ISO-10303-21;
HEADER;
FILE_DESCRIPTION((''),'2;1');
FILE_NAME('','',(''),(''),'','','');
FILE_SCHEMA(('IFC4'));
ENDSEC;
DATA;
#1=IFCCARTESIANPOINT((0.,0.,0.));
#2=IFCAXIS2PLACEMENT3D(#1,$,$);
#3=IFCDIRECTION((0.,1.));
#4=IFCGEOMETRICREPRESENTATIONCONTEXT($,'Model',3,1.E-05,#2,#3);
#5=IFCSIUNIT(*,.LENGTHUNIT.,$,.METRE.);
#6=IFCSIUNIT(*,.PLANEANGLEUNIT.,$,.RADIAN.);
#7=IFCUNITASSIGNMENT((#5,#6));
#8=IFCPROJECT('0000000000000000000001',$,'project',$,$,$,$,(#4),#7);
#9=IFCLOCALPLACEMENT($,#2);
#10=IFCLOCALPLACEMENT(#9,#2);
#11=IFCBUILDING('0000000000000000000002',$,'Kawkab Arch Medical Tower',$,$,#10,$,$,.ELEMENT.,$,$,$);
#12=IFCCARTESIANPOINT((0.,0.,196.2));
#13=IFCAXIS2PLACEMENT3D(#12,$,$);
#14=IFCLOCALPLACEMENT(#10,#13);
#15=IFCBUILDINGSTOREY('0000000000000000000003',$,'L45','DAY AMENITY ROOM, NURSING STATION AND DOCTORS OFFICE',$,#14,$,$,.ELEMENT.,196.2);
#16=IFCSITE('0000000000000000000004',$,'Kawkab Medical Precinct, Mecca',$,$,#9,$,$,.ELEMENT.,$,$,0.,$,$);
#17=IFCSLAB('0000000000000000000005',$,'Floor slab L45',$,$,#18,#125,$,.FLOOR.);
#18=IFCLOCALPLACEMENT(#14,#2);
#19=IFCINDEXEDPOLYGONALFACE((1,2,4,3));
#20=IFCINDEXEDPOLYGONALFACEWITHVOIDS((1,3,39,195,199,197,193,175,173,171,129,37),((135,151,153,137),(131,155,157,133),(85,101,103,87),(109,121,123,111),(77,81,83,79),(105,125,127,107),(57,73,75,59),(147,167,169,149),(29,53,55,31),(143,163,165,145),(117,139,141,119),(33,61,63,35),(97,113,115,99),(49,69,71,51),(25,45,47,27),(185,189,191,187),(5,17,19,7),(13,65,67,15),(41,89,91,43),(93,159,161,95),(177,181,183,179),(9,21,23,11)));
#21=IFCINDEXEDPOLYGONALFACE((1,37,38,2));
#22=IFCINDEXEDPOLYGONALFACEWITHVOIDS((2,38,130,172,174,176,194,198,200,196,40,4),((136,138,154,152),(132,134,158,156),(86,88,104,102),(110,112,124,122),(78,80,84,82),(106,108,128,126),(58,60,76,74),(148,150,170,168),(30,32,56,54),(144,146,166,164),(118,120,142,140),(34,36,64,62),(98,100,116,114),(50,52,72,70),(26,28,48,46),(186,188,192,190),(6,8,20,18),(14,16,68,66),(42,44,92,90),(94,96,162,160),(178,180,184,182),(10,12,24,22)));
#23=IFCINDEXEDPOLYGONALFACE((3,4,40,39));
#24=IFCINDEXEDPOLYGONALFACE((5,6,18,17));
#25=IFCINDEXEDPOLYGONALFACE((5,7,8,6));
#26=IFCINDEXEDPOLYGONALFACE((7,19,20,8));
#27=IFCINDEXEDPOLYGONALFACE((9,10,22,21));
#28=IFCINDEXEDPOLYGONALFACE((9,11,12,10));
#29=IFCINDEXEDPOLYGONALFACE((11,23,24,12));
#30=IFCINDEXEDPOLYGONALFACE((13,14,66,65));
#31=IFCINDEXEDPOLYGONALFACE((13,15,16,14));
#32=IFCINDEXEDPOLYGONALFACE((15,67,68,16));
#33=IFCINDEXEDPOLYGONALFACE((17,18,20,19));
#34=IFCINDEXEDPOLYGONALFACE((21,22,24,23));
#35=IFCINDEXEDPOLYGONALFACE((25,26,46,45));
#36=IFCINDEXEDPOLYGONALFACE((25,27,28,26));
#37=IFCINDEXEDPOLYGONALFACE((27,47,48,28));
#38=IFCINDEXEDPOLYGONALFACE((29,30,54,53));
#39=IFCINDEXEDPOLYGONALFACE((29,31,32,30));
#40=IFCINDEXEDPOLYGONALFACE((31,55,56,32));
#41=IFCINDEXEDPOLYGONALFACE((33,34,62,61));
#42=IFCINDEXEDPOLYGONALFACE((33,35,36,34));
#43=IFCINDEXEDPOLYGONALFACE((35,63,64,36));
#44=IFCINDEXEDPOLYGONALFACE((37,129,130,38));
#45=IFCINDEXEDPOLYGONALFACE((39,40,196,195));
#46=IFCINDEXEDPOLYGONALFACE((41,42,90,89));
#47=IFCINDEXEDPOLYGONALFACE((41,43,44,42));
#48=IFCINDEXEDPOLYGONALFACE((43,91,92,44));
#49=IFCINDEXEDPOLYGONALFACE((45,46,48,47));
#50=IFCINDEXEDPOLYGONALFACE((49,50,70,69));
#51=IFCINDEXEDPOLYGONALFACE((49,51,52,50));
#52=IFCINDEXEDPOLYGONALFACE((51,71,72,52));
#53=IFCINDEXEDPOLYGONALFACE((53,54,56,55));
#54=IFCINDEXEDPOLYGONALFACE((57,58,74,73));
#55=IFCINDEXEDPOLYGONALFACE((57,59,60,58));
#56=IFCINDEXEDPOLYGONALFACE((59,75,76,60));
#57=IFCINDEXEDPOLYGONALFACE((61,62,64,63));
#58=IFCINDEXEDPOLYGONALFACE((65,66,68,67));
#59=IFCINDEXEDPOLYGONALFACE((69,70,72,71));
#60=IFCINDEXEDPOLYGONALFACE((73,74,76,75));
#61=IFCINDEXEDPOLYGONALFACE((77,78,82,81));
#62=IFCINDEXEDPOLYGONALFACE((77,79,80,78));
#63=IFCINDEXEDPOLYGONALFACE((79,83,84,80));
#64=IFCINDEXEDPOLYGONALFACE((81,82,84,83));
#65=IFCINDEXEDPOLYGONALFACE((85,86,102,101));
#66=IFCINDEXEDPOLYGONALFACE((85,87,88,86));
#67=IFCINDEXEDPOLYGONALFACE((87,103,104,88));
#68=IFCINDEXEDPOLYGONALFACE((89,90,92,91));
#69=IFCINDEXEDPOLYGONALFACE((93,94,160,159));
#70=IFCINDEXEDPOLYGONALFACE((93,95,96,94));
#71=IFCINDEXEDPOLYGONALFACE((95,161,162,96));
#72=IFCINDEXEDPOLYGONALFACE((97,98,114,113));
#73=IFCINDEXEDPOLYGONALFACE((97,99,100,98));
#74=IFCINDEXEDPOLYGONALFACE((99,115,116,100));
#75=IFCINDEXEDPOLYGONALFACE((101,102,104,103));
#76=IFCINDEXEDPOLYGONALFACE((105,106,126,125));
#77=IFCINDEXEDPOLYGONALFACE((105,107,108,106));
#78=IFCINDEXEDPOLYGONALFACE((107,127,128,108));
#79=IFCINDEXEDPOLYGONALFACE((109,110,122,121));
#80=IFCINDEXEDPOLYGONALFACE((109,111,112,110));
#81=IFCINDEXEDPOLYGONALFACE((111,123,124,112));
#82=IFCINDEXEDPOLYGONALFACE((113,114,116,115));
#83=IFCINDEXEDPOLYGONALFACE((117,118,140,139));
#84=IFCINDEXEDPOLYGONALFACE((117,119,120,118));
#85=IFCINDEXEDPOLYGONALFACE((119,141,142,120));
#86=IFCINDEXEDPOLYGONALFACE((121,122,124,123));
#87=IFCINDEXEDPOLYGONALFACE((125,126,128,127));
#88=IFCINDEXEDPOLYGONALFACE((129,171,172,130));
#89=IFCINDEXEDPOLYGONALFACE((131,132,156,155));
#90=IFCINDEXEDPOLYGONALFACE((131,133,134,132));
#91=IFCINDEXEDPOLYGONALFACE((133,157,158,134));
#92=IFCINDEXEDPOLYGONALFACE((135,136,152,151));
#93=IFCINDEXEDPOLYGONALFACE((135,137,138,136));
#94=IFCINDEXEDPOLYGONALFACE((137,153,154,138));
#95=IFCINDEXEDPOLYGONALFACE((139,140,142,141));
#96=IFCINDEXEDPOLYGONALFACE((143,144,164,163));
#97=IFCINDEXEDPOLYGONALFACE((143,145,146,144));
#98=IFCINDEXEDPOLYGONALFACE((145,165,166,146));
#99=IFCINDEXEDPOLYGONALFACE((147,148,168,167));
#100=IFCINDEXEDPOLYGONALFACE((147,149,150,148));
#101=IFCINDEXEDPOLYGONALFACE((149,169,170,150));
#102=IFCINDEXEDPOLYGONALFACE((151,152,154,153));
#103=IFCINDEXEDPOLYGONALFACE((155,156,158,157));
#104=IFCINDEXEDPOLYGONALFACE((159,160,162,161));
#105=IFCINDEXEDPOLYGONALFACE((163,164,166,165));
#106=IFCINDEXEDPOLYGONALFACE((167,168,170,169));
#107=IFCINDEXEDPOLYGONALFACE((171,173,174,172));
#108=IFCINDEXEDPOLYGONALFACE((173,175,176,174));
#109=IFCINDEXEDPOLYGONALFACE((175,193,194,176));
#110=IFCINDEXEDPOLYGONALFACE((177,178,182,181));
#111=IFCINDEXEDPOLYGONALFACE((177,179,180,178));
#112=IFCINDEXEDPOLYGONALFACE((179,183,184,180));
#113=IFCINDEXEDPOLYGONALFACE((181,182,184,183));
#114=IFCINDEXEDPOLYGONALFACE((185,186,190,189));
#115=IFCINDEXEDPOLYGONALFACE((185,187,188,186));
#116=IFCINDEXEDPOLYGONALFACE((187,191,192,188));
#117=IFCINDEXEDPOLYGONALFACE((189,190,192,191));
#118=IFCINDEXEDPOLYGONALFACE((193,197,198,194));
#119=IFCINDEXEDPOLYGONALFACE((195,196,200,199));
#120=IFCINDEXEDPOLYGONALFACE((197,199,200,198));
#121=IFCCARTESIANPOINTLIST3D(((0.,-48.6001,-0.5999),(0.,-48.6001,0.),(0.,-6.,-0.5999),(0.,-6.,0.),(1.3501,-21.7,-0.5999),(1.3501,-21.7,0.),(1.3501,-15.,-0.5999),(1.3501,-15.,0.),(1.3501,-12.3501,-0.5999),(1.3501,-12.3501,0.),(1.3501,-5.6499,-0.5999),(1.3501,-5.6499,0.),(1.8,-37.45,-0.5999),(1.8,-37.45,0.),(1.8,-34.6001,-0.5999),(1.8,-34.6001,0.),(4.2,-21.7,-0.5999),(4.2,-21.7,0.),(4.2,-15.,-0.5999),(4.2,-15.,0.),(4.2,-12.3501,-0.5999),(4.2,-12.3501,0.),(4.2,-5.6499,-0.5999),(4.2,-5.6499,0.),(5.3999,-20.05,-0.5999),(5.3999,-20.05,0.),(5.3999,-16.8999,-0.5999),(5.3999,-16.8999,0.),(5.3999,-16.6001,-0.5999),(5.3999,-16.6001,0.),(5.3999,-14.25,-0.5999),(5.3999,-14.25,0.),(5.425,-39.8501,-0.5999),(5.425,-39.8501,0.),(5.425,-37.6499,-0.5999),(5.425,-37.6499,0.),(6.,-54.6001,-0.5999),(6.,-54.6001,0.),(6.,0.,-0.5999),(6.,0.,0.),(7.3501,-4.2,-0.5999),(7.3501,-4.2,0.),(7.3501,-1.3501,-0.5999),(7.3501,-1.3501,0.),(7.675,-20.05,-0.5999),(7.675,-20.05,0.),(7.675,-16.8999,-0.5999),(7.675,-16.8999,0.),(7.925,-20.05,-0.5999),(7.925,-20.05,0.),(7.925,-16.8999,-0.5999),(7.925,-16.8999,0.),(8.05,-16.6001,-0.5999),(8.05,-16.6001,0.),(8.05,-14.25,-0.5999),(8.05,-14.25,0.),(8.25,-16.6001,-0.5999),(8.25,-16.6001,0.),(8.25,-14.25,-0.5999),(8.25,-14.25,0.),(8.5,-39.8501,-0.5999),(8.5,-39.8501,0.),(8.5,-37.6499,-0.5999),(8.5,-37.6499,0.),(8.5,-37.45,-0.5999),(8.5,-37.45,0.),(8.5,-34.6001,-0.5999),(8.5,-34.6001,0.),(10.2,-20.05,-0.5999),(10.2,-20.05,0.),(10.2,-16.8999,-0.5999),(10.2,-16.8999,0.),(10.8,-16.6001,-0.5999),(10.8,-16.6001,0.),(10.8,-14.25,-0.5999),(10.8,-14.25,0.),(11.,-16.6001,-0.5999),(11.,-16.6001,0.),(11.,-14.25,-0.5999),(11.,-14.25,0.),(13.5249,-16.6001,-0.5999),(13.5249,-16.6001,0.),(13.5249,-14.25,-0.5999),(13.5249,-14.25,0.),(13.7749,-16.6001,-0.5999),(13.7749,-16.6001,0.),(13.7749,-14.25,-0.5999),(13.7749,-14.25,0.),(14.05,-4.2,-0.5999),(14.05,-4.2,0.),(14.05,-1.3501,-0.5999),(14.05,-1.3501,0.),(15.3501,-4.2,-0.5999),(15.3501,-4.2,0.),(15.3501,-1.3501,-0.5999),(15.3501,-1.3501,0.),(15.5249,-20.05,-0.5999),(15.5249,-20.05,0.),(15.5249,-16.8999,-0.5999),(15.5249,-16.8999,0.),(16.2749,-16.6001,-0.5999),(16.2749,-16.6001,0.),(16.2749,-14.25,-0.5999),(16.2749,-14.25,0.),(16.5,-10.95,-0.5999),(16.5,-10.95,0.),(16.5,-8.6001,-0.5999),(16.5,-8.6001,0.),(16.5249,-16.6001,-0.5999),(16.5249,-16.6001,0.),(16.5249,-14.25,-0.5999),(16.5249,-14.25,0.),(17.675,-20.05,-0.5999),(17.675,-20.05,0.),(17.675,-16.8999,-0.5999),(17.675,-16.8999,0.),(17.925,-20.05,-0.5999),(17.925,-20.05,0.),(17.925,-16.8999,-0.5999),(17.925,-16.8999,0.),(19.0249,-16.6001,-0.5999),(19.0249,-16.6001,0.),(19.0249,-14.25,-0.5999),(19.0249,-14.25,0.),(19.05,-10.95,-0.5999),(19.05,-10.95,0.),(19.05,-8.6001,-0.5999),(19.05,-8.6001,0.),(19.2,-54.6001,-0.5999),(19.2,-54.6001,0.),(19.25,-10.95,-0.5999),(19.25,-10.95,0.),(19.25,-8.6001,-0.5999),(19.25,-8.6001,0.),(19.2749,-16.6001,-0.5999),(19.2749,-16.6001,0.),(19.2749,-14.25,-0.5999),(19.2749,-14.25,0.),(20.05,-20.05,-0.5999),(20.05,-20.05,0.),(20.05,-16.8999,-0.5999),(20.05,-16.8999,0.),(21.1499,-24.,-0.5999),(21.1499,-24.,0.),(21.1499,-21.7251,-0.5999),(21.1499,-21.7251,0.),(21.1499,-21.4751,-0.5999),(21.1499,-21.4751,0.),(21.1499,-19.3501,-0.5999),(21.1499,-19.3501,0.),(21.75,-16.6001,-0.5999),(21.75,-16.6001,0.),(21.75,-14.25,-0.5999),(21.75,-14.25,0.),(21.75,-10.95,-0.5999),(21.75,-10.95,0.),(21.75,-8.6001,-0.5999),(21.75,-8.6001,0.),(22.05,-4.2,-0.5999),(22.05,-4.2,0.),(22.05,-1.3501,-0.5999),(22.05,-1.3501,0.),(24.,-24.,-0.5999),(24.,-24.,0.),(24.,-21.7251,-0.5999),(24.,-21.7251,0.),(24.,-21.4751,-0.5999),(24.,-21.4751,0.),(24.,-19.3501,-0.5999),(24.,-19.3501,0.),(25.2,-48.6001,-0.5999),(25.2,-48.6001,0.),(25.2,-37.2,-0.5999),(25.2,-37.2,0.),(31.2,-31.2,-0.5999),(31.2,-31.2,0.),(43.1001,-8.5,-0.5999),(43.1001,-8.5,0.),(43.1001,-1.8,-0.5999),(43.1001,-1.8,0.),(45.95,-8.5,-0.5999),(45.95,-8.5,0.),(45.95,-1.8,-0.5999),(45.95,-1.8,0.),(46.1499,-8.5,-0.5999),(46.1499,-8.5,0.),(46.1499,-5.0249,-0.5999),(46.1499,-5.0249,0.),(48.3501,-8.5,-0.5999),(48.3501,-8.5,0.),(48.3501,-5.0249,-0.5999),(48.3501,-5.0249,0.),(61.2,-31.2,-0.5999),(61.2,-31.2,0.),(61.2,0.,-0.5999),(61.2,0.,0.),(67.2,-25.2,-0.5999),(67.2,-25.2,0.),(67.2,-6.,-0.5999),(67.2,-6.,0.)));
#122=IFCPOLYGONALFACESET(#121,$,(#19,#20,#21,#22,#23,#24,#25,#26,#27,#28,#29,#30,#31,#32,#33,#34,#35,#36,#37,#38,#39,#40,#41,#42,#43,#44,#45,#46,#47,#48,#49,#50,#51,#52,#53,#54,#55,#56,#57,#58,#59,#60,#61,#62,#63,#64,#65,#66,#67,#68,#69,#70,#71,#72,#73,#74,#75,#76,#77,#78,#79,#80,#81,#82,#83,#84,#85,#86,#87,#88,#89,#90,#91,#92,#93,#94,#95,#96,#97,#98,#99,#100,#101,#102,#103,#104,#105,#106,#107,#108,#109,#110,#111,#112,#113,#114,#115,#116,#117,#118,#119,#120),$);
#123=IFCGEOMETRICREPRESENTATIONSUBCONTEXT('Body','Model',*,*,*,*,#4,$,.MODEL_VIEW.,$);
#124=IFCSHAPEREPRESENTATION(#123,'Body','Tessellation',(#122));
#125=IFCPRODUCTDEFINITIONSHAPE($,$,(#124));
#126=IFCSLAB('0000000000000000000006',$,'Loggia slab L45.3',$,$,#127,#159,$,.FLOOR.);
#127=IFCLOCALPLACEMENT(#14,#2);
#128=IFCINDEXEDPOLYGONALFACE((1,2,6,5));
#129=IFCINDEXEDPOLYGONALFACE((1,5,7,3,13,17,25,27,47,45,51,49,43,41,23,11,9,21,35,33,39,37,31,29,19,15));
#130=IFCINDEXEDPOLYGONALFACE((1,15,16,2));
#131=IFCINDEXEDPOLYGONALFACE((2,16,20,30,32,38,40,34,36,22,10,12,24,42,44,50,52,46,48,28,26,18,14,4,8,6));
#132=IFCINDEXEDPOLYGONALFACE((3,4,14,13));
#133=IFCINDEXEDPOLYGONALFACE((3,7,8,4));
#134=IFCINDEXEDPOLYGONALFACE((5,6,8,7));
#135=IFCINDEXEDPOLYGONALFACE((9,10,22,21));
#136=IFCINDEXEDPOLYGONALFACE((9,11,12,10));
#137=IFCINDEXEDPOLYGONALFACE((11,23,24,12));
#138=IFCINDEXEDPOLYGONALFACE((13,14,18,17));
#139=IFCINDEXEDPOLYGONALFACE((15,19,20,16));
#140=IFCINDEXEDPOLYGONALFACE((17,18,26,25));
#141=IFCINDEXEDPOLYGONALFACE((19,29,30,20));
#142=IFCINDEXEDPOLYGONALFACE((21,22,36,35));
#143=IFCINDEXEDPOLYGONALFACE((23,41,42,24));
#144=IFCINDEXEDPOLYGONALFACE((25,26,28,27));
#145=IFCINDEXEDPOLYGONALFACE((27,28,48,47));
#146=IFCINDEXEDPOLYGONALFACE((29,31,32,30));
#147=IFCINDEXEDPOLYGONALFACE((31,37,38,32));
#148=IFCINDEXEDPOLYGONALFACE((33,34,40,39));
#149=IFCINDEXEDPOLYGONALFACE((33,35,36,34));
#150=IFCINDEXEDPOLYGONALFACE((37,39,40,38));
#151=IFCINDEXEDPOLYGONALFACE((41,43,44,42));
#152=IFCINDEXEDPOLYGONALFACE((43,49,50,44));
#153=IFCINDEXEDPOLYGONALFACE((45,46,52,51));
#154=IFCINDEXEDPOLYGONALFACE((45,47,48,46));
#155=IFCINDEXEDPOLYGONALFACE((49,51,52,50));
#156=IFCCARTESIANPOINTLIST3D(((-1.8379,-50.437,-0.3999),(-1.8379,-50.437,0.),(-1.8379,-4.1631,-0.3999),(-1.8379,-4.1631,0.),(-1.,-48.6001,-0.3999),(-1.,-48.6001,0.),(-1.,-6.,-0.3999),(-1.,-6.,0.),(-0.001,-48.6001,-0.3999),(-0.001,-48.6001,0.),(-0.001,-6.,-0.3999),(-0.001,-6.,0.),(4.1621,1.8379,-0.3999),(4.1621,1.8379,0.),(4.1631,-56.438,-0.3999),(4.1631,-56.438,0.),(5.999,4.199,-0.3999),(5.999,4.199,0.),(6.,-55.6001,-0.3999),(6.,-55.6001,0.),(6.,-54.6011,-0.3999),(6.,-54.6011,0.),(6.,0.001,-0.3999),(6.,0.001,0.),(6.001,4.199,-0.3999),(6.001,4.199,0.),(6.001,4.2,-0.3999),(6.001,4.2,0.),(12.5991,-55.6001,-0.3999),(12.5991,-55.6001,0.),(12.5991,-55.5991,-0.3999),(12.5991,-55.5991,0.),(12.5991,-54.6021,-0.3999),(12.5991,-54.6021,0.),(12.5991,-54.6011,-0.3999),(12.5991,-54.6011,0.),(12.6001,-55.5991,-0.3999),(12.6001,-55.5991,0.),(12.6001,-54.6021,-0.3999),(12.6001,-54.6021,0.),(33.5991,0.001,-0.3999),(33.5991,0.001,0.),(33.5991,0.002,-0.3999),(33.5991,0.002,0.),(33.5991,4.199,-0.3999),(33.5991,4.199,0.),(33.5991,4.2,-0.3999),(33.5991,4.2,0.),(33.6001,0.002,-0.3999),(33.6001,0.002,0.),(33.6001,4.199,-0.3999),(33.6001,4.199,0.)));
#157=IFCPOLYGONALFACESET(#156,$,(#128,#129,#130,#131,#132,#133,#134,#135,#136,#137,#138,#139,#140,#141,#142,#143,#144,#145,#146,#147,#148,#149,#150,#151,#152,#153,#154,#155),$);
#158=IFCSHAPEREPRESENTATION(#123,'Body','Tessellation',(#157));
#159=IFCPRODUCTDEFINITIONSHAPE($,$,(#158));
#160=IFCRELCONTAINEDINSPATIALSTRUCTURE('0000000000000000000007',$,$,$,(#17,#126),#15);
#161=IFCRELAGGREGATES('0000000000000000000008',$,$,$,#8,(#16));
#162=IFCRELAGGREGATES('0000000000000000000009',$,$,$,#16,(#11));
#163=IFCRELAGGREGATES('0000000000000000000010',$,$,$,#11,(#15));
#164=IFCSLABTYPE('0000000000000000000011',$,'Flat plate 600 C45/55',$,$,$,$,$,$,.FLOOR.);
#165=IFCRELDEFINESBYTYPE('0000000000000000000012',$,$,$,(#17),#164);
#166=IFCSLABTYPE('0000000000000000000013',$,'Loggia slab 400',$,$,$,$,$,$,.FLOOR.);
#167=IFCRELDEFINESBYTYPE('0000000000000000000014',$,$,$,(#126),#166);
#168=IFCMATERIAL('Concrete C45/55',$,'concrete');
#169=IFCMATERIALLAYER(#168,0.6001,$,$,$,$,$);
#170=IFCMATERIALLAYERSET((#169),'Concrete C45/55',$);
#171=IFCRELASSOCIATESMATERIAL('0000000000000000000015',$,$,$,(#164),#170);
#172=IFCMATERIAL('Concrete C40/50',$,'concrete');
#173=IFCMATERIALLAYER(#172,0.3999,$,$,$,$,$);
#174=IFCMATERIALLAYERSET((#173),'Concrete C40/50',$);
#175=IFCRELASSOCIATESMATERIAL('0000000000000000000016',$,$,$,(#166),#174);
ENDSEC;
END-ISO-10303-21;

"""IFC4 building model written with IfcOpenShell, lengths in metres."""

from ifc_helpers import new_model, si_unit, direction, frame, origin, place, context, subcontext, project, spatial, polyline, outline, extrude, material, layer, layer_set, type_object, element, save


model = new_model("IFC4")

# Units and contexts
model_context = context("Model", 3, precision=1e-05, world=origin(), true_north=direction((0.0, 1.0)))
body_context = subcontext(model_context, "Body", "Model", "MODEL_VIEW")
ifc_project = project(units=[si_unit("LENGTHUNIT", "METRE"), si_unit("PLANEANGLEUNIT", "RADIAN")], contexts=[model_context])

# Site, building, storey
site_placement = place(None, origin())
site = spatial("IfcSite", under=ifc_project, at=site_placement, Name="Kawkab Medical Precinct, Mecca", CompositionType="ELEMENT", RefElevation=0.0)
building_placement = place(site_placement, origin())
building = spatial("IfcBuilding", under=site, at=building_placement, Name="Kawkab Arch Medical Tower", CompositionType="ELEMENT")
storey_placement = place(building_placement, frame((0.0, 0.0, 196.2)))
storey = spatial("IfcBuildingStorey", under=building, at=storey_placement, Name="L45", Description="DAY AMENITY ROOM, NURSING STATION AND DOCTORS OFFICE", CompositionType="ELEMENT", Elevation=196.2)

# Slabs
ifc_material_1 = material(Name="Concrete C45/55", Category="concrete")
ifc_layer_1 = layer(ifc_material_1, 0.6001)
ifc_layer_set_1 = layer_set([ifc_layer_1], Name="Concrete C45/55")
slab_type_1 = type_object("IfcSlabType", Name="Flat plate 600 C45/55", PredefinedType="FLOOR", material=ifc_layer_set_1)
slab_1_placement = place(storey_placement, frame((0.0, 0.0, -0.5999)))
element("IfcSlab", 1, at=slab_1_placement, inside=storey, type_object=slab_type_1, Name="Floor slab L45", PredefinedType="FLOOR", context=body_context, shape_type="SweptSolid", body=[
    extrude(outline(polyline([(6.0, 0.0), (61.2, 0.0), (67.2, -6.0), (67.2, -25.2), (61.2, -31.2), (31.2, -31.2), (25.2, -37.2), (25.2, -48.6001), (19.2, -54.6001), (6.0, -54.6001), (0.0, -48.6001), (0.0, -6.0), (6.0, 0.0)]), holes=[polyline([(5.425, -37.6499), (5.425, -39.8501), (8.5, -39.8501), (8.5, -37.6499), (5.425, -37.6499)]), polyline([(8.5, -37.45), (8.5, -34.6001), (1.8, -34.6001), (1.8, -37.45), (8.5, -37.45)]), polyline([(5.3999, -20.05), (7.675, -20.05), (7.675, -16.8999), (5.3999, -16.8999), (5.3999, -20.05)]), polyline([(10.2, -20.05), (10.2, -16.8999), (7.925, -16.8999), (7.925, -20.05), (10.2, -20.05)]), polyline([(4.2, -21.7), (4.2, -15.0), (1.3501, -15.0), (1.3501, -21.7), (4.2, -21.7)]), polyline([(5.3999, -16.6001), (8.05, -16.6001), (8.05, -14.25), (5.3999, -14.25), (5.3999, -16.6001)]), polyline([(10.8, -14.25), (8.25, -14.25), (8.25, -16.6001), (10.8, -16.6001), (10.8, -14.25)]), polyline([(13.5249, -16.6001), (13.5249, -14.25), (11.0, -14.25), (11.0, -16.6001), (13.5249, -16.6001)]), polyline([(16.2749, -14.25), (13.7749, -14.25), (13.7749, -16.6001), (16.2749, -16.6001), (16.2749, -14.25)]), polyline([(4.2, -12.3501), (4.2, -5.6499), (1.3501, -5.6499), (1.3501, -12.3501), (4.2, -12.3501)]), polyline([(7.3501, -4.2), (14.05, -4.2), (14.05, -1.3501), (7.3501, -1.3501), (7.3501, -4.2)]), polyline([(24.0, -21.7251), (21.1499, -21.7251), (21.1499, -24.0), (24.0, -24.0), (24.0, -21.7251)]), polyline([(24.0, -19.3501), (21.1499, -19.3501), (21.1499, -21.4751), (24.0, -21.4751), (24.0, -19.3501)]), polyline([(15.5249, -20.05), (17.675, -20.05), (17.675, -16.8999), (15.5249, -16.8999), (15.5249, -20.05)]), polyline([(17.925, -20.05), (20.05, -20.05), (20.05, -16.8999), (17.925, -16.8999), (17.925, -20.05)]), polyline([(16.5249, -14.25), (16.5249, -16.6001), (19.0249, -16.6001), (19.0249, -14.25), (16.5249, -14.25)]), polyline([(19.2749, -14.25), (19.2749, -16.6001), (21.75, -16.6001), (21.75, -14.25), (19.2749, -14.25)]), polyline([(16.5, -10.95), (19.05, -10.95), (19.05, -8.6001), (16.5, -8.6001), (16.5, -10.95)]), polyline([(19.25, -8.6001), (19.25, -10.95), (21.75, -10.95), (21.75, -8.6001), (19.25, -8.6001)]), polyline([(46.1499, -8.5), (48.3501, -8.5), (48.3501, -5.0249), (46.1499, -5.0249), (46.1499, -8.5)]), polyline([(43.1001, -1.8), (43.1001, -8.5), (45.95, -8.5), (45.95, -1.8), (43.1001, -1.8)]), polyline([(22.05, -1.3501), (15.3501, -1.3501), (15.3501, -4.2), (22.05, -4.2), (22.05, -1.3501)])]), origin(), (0.0, 0.0, 1.0), 0.5999),
])
ifc_material_2 = material(Name="Concrete C40/50", Category="concrete")
ifc_layer_2 = layer(ifc_material_2, 0.3999)
ifc_layer_set_2 = layer_set([ifc_layer_2], Name="Concrete C40/50")
slab_type_2 = type_object("IfcSlabType", Name="Loggia slab 400", PredefinedType="FLOOR", material=ifc_layer_set_2)
placement_1 = place(storey_placement, frame((0.0, 0.0, -0.3999)))
element("IfcSlab", 2, at=placement_1, inside=storey, type_object=slab_type_2, Name="Loggia slab L45.3", PredefinedType="FLOOR", context=body_context, shape_type="SweptSolid", body=[
    extrude(outline(polyline([(-1.8379, -50.437), (-1.0, -48.6001), (-1.0, -6.0), (-1.8379, -4.1631), (4.1621, 1.8379), (5.999, 4.199), (6.001, 4.199), (6.001, 4.2), (33.5991, 4.2), (33.5991, 4.199), (33.6001, 4.199), (33.6001, 0.002), (33.5991, 0.002), (33.5991, 0.001), (6.0, 0.001), (-0.001, -6.0), (-0.001, -48.6001), (6.0, -54.6011), (12.5991, -54.6011), (12.5991, -54.6021), (12.6001, -54.6021), (12.6001, -55.5991), (12.5991, -55.5991), (12.5991, -55.6001), (6.0, -55.6001), (4.1631, -56.438), (-1.8379, -50.437)])), origin(), (0.0, 0.0, 1.0), 0.3999),
])

save(model, "model.ifc")
